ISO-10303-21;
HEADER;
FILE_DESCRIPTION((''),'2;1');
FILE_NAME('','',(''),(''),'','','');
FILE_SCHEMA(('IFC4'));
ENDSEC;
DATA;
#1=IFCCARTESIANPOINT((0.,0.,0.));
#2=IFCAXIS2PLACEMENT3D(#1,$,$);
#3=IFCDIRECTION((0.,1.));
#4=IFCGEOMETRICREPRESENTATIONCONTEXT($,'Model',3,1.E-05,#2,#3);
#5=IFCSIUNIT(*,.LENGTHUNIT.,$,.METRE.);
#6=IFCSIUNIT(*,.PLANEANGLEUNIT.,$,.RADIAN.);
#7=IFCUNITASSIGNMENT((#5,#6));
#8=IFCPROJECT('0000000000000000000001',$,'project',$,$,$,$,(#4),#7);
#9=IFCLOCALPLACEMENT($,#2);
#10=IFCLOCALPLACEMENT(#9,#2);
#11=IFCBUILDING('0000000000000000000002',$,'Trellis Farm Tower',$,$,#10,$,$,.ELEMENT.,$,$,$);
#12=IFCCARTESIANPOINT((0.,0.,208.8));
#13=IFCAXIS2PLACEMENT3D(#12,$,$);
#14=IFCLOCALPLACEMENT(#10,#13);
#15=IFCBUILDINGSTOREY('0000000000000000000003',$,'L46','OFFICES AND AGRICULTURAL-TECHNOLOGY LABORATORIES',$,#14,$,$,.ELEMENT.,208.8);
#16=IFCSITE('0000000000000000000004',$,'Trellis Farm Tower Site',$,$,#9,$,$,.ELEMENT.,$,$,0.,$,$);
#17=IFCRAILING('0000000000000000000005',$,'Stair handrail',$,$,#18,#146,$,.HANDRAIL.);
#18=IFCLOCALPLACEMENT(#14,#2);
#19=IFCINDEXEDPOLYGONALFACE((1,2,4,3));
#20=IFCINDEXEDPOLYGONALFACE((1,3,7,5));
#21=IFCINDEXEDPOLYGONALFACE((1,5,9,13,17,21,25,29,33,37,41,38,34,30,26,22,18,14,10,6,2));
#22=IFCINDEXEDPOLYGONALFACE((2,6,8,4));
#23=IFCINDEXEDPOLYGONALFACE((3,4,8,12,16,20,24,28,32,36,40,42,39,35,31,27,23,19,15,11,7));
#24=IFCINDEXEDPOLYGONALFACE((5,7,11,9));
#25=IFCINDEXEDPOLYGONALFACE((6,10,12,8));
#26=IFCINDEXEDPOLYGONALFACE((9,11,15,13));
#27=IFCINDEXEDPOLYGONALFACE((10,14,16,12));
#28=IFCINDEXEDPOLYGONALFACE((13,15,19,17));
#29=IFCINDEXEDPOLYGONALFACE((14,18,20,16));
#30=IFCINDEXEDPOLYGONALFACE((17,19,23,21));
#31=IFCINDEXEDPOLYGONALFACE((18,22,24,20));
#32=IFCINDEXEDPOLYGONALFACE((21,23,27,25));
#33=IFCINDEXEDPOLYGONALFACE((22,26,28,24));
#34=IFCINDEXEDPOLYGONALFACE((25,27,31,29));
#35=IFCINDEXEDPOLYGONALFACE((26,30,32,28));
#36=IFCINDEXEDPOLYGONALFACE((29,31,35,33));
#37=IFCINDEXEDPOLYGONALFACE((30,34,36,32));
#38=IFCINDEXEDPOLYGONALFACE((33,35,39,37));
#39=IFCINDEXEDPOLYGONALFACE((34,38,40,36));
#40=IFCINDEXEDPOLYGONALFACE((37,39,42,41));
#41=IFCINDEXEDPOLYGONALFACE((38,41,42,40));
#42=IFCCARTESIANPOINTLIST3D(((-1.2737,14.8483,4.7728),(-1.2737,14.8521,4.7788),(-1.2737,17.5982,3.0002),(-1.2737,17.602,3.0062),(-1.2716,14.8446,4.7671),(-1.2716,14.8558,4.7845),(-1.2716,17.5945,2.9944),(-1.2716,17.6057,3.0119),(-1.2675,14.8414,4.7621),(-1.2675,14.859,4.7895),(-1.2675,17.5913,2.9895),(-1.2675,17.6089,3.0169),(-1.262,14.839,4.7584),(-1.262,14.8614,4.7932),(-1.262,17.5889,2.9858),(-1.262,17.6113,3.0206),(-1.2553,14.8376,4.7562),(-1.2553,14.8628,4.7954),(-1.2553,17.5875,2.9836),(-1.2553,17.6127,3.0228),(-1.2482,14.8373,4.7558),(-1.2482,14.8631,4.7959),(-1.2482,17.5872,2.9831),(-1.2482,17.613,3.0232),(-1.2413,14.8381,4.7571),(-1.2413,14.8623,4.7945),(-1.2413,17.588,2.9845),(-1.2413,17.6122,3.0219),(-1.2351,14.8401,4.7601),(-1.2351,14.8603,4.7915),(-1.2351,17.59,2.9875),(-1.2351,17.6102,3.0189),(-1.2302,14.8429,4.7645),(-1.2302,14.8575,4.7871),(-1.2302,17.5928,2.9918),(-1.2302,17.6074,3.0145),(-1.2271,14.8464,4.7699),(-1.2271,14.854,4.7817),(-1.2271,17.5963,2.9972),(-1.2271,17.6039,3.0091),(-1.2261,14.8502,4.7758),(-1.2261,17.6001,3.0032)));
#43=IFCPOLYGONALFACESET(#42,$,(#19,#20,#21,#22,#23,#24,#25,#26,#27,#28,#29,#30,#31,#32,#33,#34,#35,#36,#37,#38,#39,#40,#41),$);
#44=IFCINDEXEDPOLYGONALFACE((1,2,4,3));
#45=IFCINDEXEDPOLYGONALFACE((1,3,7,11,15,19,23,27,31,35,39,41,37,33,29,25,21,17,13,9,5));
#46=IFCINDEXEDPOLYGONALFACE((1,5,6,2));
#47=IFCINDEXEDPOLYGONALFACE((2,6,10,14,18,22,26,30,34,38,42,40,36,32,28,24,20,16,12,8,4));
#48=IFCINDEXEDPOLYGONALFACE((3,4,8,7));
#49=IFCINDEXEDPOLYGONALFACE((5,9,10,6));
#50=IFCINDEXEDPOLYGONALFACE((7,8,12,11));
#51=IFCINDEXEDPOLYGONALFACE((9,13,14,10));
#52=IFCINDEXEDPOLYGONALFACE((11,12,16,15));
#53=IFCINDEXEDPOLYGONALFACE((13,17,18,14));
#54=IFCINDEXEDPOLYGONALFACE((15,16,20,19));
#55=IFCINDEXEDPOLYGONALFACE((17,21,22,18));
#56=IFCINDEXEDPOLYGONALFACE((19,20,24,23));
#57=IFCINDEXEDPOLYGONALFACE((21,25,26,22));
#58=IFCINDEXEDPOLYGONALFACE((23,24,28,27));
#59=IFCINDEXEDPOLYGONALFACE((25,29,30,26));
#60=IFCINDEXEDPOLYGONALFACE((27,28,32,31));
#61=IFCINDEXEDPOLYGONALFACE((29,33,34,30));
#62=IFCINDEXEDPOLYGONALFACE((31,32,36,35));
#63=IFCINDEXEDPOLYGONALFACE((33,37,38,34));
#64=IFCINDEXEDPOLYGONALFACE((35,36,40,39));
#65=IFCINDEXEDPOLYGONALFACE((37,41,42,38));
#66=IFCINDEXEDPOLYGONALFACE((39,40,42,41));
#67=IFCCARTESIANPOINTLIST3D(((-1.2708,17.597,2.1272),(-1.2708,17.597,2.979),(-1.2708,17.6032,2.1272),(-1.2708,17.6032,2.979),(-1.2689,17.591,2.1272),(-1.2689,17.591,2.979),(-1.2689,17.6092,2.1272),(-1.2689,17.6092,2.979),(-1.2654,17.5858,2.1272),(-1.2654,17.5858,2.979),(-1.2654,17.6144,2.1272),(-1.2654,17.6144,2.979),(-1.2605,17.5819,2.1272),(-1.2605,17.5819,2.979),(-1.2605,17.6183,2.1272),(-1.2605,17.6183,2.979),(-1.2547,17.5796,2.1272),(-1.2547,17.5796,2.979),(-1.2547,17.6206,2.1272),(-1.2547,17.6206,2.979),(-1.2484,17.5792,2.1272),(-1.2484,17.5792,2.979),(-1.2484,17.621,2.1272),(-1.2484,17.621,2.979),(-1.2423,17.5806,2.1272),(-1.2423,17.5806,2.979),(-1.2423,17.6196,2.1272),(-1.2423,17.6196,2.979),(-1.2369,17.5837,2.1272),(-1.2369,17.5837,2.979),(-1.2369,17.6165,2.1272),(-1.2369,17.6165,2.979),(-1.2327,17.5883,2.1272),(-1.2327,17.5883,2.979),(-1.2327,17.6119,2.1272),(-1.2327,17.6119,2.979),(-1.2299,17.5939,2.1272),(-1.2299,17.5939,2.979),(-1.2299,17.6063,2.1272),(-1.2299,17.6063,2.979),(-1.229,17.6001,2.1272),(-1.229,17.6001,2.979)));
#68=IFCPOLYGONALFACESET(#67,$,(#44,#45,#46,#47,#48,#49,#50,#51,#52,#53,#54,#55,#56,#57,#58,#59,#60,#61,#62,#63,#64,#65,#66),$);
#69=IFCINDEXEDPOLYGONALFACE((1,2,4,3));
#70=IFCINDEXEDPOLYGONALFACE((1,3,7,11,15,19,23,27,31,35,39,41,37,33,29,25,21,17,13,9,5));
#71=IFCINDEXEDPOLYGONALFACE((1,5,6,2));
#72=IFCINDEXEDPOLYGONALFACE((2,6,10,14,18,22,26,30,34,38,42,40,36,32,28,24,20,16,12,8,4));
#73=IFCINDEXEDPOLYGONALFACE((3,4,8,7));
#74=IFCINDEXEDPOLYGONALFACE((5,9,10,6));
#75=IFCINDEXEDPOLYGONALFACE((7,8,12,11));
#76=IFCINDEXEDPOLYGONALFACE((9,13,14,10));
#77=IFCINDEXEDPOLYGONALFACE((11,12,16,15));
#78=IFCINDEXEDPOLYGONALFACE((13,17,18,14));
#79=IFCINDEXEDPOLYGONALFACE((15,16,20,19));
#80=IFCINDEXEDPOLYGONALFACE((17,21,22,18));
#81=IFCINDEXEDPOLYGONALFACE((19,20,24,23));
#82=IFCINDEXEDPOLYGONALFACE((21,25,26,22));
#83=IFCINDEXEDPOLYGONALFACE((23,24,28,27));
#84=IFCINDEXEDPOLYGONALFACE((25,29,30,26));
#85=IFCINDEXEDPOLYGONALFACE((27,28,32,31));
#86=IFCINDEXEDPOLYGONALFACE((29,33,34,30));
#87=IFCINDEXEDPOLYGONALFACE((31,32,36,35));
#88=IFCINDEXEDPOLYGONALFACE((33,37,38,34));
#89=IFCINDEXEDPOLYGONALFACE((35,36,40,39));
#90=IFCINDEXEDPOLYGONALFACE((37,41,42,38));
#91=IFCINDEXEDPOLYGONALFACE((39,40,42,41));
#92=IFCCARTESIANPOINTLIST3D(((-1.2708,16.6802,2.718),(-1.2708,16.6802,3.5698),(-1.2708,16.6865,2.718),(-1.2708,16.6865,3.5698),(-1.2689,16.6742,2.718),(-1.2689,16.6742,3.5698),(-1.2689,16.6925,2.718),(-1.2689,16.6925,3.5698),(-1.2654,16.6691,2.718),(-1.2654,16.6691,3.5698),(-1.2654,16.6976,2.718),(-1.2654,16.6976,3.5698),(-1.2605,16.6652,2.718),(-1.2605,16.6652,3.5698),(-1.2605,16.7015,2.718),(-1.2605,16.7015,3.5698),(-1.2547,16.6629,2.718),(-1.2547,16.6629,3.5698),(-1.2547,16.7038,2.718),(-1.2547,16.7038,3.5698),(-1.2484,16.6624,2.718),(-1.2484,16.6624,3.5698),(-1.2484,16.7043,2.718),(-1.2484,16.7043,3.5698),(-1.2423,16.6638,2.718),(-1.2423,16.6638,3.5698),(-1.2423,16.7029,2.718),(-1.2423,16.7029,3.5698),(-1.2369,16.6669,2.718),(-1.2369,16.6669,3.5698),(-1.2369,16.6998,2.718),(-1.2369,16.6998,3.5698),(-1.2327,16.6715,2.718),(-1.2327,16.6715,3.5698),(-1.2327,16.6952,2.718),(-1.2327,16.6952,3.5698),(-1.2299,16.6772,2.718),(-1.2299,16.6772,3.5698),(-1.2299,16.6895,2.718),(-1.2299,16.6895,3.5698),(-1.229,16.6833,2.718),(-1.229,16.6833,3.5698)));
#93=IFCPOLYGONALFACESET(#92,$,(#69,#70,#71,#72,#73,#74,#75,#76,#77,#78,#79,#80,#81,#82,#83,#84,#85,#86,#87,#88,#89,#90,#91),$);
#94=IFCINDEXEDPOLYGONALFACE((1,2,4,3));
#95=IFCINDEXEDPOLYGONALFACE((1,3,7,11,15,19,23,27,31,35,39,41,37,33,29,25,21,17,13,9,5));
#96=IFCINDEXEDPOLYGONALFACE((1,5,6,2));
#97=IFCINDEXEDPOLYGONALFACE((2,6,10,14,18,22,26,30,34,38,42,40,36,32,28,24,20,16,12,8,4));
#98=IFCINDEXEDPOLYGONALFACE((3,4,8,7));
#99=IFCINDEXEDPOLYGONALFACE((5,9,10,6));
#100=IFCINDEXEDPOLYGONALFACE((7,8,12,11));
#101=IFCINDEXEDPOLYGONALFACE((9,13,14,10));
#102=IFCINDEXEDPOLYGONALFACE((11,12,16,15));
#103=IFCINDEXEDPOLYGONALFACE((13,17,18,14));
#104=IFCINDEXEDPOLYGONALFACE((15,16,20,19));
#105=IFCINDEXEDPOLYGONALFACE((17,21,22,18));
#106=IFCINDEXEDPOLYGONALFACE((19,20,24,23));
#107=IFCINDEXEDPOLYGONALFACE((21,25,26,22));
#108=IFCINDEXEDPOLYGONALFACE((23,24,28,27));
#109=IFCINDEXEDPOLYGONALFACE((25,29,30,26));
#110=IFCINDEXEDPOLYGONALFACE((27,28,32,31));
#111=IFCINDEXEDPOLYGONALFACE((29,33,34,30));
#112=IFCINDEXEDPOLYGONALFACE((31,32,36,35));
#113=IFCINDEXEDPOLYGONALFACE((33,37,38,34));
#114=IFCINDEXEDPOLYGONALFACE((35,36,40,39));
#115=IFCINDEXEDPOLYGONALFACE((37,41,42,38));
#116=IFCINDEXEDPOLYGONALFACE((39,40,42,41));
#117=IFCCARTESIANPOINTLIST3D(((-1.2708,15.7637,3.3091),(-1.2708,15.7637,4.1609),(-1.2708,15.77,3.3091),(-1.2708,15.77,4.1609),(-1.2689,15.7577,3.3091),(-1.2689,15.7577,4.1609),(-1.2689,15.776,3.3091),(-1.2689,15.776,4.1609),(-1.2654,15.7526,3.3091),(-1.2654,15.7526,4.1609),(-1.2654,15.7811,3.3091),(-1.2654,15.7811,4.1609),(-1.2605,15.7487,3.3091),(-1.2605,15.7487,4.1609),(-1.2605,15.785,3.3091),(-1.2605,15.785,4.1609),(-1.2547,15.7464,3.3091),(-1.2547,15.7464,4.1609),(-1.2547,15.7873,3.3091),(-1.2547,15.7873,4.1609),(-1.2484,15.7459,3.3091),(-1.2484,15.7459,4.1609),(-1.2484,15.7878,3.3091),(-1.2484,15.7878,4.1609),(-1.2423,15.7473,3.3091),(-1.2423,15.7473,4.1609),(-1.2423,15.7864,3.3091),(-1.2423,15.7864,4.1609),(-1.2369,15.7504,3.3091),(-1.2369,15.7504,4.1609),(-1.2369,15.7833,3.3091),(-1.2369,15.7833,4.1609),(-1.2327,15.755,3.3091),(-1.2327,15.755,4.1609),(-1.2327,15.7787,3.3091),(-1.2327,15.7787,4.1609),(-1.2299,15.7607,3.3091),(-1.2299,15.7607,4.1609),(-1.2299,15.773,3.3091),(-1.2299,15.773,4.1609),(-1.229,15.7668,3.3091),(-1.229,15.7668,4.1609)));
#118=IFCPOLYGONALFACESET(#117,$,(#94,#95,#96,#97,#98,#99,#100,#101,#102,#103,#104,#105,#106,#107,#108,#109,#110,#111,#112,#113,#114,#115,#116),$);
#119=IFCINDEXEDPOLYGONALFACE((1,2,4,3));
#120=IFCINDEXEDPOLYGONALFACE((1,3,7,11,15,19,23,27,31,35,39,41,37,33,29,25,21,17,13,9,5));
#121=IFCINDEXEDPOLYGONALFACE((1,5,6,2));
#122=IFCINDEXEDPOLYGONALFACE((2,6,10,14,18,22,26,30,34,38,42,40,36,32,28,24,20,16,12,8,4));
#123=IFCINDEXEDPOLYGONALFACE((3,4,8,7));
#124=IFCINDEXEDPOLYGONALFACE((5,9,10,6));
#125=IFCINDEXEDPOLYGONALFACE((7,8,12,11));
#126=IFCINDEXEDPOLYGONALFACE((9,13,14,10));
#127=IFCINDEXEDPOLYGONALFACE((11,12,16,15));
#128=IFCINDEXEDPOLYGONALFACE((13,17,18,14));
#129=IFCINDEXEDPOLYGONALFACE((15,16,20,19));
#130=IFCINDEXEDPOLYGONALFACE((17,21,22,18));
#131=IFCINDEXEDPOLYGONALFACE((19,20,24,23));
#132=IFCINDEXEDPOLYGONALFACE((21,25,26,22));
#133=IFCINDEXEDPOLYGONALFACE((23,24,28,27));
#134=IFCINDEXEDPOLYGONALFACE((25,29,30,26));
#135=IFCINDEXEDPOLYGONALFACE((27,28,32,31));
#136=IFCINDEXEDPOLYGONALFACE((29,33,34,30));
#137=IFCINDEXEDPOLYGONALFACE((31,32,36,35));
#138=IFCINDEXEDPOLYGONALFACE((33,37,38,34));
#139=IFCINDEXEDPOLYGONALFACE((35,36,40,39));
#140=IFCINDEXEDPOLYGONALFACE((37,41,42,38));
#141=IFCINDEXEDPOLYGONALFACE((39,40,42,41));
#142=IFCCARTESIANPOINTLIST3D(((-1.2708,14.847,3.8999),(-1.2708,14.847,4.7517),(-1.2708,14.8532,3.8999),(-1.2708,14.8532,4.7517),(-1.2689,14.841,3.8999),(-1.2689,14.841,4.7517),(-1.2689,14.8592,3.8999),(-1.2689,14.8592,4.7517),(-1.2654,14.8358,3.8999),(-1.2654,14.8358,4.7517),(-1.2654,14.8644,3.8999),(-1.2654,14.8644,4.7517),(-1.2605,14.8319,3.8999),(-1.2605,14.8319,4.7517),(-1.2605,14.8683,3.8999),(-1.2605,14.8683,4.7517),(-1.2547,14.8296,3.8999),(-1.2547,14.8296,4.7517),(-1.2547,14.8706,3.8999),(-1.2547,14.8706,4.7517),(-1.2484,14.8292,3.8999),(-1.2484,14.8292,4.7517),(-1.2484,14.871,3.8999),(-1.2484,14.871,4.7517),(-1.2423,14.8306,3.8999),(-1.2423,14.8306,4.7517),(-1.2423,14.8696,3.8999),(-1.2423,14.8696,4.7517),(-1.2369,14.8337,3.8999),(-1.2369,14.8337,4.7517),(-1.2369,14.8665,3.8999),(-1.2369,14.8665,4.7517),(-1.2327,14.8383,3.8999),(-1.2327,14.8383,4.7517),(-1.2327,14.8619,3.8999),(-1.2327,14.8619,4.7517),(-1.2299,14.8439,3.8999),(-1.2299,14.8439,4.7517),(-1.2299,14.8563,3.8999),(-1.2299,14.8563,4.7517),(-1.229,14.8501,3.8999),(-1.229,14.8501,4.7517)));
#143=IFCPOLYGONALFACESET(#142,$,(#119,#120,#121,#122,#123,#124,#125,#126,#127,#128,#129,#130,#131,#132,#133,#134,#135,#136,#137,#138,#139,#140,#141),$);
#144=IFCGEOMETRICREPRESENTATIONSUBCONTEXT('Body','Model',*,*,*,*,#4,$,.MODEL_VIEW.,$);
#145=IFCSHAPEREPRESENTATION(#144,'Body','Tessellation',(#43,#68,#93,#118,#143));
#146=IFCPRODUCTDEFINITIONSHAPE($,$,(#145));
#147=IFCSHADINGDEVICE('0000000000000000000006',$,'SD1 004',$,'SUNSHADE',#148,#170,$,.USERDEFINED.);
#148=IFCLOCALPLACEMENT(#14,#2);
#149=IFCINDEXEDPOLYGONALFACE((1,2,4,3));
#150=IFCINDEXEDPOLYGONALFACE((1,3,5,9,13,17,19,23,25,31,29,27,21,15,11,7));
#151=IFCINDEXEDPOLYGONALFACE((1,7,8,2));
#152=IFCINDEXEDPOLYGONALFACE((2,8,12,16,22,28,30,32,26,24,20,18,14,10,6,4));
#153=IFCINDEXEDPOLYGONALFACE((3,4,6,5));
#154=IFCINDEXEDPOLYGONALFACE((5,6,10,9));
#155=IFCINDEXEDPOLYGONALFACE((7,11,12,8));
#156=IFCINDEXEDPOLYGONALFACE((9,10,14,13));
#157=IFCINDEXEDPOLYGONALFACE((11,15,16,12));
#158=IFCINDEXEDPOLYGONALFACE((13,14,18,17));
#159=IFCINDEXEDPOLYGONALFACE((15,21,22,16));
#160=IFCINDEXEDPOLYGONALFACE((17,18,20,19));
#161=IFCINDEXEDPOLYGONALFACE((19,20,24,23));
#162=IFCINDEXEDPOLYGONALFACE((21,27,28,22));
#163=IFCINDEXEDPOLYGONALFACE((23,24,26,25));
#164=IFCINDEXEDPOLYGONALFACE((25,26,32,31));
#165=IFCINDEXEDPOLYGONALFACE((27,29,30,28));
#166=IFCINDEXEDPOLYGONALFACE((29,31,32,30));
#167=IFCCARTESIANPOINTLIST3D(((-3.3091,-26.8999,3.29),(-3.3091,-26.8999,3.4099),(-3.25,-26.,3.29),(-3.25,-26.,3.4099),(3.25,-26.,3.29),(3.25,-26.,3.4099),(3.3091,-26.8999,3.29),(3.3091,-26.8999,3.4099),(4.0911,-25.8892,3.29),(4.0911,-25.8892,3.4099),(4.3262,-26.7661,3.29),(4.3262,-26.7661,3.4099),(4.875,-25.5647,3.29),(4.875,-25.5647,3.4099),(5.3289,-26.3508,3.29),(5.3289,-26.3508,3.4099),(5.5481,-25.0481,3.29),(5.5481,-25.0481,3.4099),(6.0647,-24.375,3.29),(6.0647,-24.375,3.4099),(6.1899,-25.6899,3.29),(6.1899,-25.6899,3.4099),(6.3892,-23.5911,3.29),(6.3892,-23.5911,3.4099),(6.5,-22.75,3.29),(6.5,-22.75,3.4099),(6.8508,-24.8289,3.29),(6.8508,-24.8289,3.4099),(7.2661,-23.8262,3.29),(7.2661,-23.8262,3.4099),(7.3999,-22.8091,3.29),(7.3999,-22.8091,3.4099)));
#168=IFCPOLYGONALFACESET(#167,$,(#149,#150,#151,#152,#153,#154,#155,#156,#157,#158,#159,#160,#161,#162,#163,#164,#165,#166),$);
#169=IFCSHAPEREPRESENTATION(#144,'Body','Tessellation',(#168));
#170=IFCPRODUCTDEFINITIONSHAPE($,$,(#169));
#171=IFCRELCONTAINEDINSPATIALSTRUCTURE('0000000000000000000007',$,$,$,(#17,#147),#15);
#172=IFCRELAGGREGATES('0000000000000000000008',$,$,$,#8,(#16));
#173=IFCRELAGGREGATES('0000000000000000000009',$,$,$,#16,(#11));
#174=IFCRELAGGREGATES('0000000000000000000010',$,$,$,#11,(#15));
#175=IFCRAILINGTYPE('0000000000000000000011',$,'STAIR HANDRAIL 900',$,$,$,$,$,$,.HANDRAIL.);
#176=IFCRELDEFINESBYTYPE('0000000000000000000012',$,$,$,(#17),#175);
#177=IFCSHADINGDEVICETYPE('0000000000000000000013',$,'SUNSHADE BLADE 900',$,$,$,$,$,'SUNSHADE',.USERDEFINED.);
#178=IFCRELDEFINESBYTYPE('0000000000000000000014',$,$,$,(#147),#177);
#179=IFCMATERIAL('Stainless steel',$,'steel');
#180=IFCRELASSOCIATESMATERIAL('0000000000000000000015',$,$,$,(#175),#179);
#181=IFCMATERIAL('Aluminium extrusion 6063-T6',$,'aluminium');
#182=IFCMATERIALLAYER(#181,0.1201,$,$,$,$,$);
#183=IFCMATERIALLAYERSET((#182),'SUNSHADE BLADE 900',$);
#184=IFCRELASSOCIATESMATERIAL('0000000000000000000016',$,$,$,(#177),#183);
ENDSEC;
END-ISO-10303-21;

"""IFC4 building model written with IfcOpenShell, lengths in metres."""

from ifc_helpers import new_model, si_unit, direction, frame, origin, origin_2d, place, context, subcontext, project, spatial, polyline, circle, outline, extrude, source, transform, mapped, material, layer, layer_set, type_object, element, save


model = new_model("IFC4")

# Units and contexts
model_context = context("Model", 3, precision=1e-05, world=origin(), true_north=direction((0.0, 1.0)))
body_context = subcontext(model_context, "Body", "Model", "MODEL_VIEW")
ifc_project = project(units=[si_unit("LENGTHUNIT", "METRE"), si_unit("PLANEANGLEUNIT", "RADIAN")], contexts=[model_context])

# Site, building, storey
site_placement = place(None, origin())
site = spatial("IfcSite", under=ifc_project, at=site_placement, Name="Trellis Farm Tower Site", CompositionType="ELEMENT", RefElevation=0.0)
building_placement = place(site_placement, origin())
building = spatial("IfcBuilding", under=site, at=building_placement, Name="Trellis Farm Tower", CompositionType="ELEMENT")
storey_placement = place(building_placement, frame((0.0, 0.0, 208.8)))
storey = spatial("IfcBuildingStorey", under=building, at=storey_placement, Name="L46", Description="OFFICES AND AGRICULTURAL-TECHNOLOGY LABORATORIES", CompositionType="ELEMENT", Elevation=208.8)

# Shared definitions
ifc_material_1 = material(Name="Aluminium extrusion 6063-T6", Category="aluminium")

# Railing
ifc_material_2 = material(Name="Stainless steel", Category="steel")
railing_type = type_object("IfcRailingType", Name="STAIR HANDRAIL 900", PredefinedType="HANDRAIL", material=ifc_material_2)
shared_shape_1 = source(origin(), body_context, "Body", "SweptSolid", [
    extrude(circle(Radius=0.0239, at=origin_2d()), frame((0.0, 0.0, 0.876), z_axis=(0.0, -0.840504, 0.541806), x_axis=(1.0, 0.0, 0.0)), (0.0, 0.0, 1.0), 3.2717),
    extrude(circle(Radius=0.021, at=origin_2d()), origin(), (0.0, 0.0, 1.0), 0.8518),
    extrude(circle(Radius=0.021, at=origin_2d()), frame((0.0, -0.9167, 0.5908)), (0.0, 0.0, 1.0), 0.8518),
    extrude(circle(Radius=0.021, at=origin_2d()), frame((0.0, -1.8333, 1.1819)), (0.0, 0.0, 1.0), 0.8518),
    extrude(circle(Radius=0.021, at=origin_2d()), frame((0.0, -2.75, 1.7727)), (0.0, 0.0, 1.0), 0.8518),
])
railing_placement = place(storey_placement, frame((-1.25, 17.6001, 2.1272)))
element("IfcRailing", 1, at=railing_placement, inside=storey, type_object=railing_type, Name="Stair handrail", PredefinedType="HANDRAIL", context=body_context, shape_type="MappedRepresentation", body=[
    mapped(shared_shape_1, transform((0.0, 0.0, 0.0))),
])

# Shading device
ifc_layer_1 = layer(ifc_material_1, 0.1201)
ifc_layer_set_1 = layer_set([ifc_layer_1], Name="SUNSHADE BLADE 900")
shading_device_type = type_object("IfcShadingDeviceType", Name="SUNSHADE BLADE 900", ElementType="SUNSHADE", PredefinedType="USERDEFINED", material=ifc_layer_set_1)
shared_shape_2 = source(origin(), body_context, "Body", "SweptSolid", [
    extrude(outline(polyline([(-3.3091, -26.8999), (3.3091, -26.8999), (4.3262, -26.7661), (5.3289, -26.3508), (6.1899, -25.6899), (6.8508, -24.8289), (7.2661, -23.8262), (7.3999, -22.8091), (6.5, -22.75), (6.3892, -23.5911), (6.0647, -24.375), (5.5481, -25.0481), (4.875, -25.5647), (4.0911, -25.8892), (3.25, -26.0), (-3.25, -26.0), (-3.3091, -26.8999)])), origin(), (0.0, 0.0, 1.0), 0.1199),
])
shading_device_placement = place(storey_placement, frame((0.0, 0.0, 3.29)))
element("IfcShadingDevice", 2, at=shading_device_placement, inside=storey, type_object=shading_device_type, Name="SD1 004", ObjectType="SUNSHADE", PredefinedType="USERDEFINED", context=body_context, shape_type="MappedRepresentation", body=[
    mapped(shared_shape_2, transform((0.0, 0.0, 0.0))),
])

save(model, "model.ifc")
